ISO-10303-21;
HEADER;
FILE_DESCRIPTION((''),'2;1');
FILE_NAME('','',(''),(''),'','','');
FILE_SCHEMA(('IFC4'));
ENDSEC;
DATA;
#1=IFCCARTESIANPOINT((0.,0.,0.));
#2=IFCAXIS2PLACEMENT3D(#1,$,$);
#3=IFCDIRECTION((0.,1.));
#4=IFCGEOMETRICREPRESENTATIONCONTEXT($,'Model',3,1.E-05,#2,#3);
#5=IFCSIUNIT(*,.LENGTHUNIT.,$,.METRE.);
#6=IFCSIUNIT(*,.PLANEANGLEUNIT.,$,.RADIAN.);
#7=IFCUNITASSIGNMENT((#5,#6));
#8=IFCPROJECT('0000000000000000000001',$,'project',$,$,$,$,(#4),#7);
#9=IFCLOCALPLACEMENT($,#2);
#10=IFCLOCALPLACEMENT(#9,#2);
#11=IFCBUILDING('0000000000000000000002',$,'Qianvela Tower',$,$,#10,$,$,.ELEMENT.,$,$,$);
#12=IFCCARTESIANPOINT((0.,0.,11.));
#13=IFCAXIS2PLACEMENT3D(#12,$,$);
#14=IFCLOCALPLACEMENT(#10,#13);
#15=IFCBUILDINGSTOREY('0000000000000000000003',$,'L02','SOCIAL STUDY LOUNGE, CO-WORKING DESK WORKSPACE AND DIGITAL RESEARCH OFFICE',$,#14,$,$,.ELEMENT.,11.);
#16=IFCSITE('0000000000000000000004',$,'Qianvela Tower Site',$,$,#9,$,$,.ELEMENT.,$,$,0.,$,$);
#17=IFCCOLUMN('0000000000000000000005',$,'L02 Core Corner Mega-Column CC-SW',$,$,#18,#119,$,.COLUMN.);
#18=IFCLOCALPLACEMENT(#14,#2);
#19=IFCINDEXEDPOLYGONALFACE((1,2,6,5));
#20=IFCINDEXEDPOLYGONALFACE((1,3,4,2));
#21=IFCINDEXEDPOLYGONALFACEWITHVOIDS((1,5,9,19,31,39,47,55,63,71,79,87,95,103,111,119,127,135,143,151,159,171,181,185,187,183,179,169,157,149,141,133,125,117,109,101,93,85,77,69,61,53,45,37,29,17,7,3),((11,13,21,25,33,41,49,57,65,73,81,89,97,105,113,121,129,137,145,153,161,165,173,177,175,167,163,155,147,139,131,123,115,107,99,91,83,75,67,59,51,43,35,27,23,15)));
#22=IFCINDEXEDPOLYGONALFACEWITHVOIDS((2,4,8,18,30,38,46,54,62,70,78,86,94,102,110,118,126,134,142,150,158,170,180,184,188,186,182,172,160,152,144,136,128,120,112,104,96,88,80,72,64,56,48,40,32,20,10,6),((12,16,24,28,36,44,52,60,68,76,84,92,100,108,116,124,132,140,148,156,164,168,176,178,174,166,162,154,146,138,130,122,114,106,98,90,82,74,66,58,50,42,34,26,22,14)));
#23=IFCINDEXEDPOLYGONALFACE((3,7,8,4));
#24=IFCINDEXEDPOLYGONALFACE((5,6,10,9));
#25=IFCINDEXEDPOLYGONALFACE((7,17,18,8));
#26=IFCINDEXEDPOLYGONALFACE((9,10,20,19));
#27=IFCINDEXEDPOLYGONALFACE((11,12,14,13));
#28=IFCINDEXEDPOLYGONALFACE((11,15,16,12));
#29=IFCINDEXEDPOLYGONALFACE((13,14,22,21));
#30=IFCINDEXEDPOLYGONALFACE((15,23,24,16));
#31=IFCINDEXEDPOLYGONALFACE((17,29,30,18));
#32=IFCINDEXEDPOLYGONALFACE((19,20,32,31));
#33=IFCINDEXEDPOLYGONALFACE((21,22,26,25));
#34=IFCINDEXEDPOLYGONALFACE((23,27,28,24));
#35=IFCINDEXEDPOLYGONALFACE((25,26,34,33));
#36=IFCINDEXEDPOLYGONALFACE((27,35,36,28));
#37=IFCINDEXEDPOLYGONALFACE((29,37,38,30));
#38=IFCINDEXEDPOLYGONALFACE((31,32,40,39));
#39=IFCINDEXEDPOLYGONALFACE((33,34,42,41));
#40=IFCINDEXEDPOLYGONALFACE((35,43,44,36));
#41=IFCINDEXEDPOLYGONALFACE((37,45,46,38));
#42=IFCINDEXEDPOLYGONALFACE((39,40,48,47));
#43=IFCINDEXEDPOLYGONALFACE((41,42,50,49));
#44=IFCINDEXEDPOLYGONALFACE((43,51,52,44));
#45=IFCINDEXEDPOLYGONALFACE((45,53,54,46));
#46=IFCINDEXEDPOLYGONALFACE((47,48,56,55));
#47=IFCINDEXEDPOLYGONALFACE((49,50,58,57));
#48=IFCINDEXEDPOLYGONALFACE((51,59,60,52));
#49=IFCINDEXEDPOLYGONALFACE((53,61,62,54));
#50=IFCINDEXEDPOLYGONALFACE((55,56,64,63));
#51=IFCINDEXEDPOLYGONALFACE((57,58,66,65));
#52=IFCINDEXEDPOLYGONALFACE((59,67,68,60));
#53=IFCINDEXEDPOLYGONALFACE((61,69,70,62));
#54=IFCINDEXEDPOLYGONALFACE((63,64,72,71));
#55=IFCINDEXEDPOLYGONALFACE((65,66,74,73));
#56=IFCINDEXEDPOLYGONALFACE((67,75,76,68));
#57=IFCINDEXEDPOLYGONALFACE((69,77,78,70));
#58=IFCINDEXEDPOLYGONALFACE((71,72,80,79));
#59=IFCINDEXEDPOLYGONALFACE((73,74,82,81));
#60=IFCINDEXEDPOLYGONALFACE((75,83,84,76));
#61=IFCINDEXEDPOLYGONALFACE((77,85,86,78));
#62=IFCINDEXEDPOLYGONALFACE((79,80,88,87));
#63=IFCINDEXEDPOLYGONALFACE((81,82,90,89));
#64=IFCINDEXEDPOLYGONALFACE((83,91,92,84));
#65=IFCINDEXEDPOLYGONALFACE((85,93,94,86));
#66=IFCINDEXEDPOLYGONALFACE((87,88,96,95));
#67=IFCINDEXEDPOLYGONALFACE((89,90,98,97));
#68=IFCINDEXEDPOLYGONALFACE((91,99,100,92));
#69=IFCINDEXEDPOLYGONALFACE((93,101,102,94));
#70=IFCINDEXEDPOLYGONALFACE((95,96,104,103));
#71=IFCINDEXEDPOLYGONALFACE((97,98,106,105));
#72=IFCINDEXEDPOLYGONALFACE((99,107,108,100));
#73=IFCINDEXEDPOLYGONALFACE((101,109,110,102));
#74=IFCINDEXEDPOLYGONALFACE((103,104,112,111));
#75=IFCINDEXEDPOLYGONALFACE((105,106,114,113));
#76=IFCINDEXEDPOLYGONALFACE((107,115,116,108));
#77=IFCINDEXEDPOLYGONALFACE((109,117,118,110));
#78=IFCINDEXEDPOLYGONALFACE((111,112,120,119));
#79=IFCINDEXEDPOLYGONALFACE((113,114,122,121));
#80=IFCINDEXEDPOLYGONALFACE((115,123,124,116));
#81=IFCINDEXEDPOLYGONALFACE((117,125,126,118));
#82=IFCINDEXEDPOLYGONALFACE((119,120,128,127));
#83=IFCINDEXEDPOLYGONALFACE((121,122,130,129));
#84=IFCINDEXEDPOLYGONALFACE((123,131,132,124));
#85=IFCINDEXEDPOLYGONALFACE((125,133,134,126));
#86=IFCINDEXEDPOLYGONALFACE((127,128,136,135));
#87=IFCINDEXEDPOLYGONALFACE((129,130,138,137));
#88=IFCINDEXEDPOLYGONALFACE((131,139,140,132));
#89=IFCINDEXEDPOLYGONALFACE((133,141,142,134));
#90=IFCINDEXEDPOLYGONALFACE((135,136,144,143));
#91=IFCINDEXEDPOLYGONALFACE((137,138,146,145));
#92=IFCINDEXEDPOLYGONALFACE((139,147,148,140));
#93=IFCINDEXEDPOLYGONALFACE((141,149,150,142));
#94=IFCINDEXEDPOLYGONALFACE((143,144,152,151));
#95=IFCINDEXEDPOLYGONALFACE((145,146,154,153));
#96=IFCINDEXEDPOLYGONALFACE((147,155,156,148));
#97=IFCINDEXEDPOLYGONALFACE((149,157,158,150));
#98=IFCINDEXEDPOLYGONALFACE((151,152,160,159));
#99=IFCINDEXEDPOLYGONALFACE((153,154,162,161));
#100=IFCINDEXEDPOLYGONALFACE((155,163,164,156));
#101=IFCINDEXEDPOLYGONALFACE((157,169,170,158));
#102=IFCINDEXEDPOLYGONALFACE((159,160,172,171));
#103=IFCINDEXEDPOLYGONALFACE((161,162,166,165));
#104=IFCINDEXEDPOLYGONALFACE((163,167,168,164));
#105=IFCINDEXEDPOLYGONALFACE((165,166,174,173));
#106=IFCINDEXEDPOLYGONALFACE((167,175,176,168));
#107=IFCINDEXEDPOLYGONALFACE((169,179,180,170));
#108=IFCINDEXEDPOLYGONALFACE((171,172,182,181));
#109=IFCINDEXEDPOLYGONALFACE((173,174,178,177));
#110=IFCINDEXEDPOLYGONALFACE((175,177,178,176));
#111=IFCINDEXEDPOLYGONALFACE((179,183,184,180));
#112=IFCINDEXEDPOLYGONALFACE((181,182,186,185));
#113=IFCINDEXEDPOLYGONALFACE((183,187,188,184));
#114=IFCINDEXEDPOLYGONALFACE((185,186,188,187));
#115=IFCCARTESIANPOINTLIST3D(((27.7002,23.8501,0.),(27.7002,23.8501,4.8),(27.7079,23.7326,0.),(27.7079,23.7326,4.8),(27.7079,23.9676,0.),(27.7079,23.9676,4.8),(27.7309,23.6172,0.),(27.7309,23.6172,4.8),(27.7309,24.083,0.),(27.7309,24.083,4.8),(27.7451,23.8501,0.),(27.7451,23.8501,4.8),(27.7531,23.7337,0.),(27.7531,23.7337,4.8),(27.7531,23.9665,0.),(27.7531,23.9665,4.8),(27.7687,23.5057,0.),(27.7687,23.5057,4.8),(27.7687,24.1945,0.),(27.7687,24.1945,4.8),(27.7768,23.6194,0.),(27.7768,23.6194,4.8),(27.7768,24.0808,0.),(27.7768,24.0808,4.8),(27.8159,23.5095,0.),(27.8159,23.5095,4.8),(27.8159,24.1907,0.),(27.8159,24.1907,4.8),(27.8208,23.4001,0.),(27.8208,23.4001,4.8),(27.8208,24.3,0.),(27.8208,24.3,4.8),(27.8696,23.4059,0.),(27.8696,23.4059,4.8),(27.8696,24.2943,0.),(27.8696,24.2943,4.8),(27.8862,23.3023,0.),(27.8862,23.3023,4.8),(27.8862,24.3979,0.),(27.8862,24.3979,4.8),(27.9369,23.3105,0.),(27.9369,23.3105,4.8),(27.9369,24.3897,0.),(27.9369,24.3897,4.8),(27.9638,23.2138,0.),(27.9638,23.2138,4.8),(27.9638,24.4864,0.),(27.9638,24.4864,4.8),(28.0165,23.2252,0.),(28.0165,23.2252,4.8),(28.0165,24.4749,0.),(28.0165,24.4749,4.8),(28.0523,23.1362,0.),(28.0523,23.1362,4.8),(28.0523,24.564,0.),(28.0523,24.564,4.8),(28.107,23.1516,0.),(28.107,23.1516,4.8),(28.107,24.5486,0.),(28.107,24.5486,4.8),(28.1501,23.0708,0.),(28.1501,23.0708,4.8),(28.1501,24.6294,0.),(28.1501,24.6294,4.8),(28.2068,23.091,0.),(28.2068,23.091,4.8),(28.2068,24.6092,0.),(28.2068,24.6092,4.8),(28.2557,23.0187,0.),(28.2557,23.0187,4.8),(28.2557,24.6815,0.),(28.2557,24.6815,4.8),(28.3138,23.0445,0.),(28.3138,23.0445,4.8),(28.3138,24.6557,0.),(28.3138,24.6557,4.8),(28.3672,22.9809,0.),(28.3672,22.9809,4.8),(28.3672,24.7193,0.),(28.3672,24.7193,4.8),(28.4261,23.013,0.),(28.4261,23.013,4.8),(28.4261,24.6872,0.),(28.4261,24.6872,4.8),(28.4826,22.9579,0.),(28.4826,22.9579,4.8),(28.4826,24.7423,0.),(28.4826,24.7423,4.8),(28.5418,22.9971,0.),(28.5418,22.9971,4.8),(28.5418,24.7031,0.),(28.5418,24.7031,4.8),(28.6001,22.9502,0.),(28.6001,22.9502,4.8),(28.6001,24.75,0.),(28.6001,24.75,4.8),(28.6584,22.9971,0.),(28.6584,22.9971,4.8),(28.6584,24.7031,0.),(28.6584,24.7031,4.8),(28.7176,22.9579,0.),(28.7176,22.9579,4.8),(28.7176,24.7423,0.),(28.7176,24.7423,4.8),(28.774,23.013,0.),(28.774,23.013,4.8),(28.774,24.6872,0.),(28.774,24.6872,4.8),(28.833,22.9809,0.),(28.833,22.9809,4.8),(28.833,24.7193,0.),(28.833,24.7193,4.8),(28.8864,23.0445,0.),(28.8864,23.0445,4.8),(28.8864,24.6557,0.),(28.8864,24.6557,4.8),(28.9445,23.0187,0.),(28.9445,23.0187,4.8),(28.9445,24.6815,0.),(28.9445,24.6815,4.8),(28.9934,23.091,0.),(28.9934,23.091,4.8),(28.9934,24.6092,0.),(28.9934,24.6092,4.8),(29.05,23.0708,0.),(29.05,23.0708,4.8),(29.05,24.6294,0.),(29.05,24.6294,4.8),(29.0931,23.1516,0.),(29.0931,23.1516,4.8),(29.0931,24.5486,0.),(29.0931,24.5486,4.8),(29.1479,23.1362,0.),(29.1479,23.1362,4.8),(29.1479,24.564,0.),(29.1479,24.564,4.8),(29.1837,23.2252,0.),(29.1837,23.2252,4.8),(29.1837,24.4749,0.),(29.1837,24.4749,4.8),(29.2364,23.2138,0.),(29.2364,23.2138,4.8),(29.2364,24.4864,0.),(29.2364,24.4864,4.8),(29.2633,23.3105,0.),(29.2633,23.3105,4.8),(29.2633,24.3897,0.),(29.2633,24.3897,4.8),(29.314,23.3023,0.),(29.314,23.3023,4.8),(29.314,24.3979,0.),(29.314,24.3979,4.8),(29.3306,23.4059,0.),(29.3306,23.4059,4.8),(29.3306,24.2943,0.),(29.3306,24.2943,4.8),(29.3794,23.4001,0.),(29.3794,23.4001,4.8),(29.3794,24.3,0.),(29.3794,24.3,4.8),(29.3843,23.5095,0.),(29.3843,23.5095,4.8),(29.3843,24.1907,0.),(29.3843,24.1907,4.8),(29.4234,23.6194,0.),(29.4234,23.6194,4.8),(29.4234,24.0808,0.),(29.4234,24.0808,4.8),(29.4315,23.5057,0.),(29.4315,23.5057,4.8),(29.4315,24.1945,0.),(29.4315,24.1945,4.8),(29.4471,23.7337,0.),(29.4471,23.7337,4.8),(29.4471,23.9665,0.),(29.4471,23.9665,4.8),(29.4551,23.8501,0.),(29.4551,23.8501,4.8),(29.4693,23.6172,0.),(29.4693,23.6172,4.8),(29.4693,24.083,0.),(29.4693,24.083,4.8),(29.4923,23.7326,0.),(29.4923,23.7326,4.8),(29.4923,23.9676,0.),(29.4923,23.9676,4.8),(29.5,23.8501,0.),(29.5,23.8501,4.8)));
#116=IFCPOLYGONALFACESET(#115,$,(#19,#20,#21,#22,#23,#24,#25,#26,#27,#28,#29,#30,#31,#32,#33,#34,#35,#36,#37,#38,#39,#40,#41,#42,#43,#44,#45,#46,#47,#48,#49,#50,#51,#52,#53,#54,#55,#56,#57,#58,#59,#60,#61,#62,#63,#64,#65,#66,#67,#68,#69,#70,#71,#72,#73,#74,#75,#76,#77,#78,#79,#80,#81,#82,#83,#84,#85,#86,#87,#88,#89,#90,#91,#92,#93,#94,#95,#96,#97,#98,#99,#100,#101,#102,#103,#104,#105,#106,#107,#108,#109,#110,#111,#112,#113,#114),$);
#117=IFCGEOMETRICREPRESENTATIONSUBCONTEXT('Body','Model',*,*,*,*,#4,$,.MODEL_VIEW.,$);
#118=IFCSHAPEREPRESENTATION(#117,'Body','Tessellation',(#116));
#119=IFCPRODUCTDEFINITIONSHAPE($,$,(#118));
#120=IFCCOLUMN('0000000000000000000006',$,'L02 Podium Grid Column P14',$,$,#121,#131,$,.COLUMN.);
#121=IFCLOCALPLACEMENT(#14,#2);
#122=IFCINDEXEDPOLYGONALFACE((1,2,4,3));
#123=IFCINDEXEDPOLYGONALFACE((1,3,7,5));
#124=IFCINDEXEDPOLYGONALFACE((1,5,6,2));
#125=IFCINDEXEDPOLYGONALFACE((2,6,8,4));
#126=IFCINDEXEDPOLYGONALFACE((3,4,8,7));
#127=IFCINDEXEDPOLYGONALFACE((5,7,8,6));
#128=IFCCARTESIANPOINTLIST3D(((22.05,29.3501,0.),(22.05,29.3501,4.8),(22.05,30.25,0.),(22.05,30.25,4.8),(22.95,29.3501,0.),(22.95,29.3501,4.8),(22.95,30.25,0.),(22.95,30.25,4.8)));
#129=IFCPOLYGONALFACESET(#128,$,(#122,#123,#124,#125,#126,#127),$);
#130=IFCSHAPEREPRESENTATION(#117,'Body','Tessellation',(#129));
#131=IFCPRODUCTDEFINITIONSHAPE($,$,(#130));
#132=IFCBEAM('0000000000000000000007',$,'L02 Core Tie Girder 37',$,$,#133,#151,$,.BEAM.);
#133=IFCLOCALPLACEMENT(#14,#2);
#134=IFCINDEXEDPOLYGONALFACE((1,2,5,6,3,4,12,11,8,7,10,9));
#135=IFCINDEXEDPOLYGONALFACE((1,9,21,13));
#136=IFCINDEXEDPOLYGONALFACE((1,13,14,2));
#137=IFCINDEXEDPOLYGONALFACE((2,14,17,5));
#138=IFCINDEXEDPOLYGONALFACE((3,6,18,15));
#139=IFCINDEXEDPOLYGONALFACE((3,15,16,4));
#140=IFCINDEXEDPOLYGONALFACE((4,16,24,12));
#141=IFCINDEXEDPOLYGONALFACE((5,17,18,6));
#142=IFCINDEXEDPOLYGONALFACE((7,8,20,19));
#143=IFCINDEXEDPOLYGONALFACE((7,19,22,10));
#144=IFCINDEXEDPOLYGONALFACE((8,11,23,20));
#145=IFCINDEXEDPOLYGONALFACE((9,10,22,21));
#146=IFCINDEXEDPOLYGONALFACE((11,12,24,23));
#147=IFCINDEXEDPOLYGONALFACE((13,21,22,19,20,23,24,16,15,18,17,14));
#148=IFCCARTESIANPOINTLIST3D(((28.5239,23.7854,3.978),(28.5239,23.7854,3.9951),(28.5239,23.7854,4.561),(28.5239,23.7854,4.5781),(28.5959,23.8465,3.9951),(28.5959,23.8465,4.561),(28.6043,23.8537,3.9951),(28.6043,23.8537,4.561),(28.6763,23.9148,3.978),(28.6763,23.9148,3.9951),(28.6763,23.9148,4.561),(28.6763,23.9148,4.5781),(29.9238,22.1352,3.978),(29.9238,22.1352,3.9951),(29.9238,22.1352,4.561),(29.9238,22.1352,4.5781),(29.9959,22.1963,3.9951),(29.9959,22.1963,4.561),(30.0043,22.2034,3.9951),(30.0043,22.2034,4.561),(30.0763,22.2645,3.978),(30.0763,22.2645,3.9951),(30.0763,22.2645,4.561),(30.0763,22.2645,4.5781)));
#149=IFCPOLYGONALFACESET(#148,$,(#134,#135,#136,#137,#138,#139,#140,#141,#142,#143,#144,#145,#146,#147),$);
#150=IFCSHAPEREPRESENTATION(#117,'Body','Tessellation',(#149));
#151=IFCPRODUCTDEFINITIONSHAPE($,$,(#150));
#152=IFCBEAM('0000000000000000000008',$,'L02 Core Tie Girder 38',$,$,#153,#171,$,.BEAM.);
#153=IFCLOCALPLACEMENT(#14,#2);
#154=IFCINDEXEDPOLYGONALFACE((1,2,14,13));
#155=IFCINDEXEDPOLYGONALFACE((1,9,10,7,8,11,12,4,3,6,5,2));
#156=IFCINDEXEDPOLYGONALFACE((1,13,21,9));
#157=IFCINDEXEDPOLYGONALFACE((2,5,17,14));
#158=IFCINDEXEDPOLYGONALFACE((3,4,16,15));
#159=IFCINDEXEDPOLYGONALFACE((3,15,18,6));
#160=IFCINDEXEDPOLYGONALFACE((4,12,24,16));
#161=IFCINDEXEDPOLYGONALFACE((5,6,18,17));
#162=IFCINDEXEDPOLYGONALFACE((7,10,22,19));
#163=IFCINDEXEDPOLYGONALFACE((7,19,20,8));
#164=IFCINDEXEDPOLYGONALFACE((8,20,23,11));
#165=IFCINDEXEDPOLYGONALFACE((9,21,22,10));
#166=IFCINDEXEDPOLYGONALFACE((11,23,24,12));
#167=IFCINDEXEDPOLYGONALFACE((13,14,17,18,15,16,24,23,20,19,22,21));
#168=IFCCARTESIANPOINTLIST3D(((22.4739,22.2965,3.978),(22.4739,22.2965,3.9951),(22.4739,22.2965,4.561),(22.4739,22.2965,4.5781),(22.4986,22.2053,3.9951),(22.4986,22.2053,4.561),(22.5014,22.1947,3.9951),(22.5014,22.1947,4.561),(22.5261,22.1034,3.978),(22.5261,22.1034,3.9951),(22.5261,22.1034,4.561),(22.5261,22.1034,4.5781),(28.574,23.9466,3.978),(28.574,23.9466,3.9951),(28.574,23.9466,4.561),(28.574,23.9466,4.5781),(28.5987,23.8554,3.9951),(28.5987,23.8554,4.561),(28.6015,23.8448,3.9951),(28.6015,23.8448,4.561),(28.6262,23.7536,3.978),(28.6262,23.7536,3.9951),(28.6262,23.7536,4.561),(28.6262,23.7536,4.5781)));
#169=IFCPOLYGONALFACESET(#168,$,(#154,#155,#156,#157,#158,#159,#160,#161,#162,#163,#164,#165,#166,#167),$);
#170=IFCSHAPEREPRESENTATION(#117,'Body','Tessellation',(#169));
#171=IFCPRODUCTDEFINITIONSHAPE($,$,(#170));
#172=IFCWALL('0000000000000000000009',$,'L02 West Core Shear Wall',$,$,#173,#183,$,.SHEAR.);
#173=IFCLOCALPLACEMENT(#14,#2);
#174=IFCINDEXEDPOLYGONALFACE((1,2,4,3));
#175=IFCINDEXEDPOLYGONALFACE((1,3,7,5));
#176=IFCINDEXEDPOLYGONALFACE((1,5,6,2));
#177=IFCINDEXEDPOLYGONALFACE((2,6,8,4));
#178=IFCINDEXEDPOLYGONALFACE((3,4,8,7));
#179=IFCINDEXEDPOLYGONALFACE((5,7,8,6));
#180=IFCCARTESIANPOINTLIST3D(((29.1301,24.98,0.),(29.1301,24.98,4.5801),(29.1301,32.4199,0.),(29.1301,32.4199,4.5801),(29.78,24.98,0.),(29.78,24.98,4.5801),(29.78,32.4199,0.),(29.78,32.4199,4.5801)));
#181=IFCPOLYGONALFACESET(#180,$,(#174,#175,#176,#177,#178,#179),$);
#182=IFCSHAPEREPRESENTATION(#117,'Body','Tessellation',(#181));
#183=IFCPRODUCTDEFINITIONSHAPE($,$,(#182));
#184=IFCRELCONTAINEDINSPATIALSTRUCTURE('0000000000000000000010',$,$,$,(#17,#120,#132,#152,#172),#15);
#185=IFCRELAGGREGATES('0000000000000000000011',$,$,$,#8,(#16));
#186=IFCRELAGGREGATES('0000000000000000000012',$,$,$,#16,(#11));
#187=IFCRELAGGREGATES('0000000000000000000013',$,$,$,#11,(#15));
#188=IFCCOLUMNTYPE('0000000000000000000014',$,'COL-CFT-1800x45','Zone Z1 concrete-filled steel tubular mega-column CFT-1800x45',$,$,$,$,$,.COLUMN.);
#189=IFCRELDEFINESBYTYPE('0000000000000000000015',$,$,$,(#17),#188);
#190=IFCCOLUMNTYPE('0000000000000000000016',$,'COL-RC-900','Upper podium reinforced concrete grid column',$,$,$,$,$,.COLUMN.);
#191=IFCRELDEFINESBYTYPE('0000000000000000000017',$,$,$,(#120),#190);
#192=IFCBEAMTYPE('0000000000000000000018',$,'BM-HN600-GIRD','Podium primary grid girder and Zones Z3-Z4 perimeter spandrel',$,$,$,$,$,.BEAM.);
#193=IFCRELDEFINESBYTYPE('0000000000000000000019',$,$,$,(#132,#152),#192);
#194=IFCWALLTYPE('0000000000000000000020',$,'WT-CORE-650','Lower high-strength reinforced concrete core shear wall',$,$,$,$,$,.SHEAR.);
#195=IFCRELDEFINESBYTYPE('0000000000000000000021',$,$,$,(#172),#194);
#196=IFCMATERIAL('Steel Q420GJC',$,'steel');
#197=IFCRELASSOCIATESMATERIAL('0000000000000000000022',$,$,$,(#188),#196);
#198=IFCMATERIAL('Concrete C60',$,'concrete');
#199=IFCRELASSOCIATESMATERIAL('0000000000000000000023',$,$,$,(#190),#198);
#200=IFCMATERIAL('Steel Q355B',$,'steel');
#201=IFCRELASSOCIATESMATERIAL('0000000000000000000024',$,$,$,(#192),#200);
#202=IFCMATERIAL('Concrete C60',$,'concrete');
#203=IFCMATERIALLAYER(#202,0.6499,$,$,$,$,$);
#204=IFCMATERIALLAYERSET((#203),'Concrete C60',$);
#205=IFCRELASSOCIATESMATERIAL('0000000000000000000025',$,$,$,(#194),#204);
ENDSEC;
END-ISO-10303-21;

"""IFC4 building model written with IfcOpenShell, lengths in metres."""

from ifc_helpers import new_model, si_unit, direction, frame, frame_2d, origin, origin_2d, place, context, subcontext, project, spatial, rectangle, hollow_circle, i_section, extrude, material, layer, layer_set, material_profile, profile_set, type_object, element, save


model = new_model("IFC4")

# Units and contexts
model_context = context("Model", 3, precision=1e-05, world=origin(), true_north=direction((0.0, 1.0)))
body_context = subcontext(model_context, "Body", "Model", "MODEL_VIEW")
ifc_project = project(units=[si_unit("LENGTHUNIT", "METRE"), si_unit("PLANEANGLEUNIT", "RADIAN")], contexts=[model_context])

# Site, building, storey
site_placement = place(None, origin())
site = spatial("IfcSite", under=ifc_project, at=site_placement, Name="Qianvela Tower Site", CompositionType="ELEMENT", RefElevation=0.0)
building_placement = place(site_placement, origin())
building = spatial("IfcBuilding", under=site, at=building_placement, Name="Qianvela Tower", CompositionType="ELEMENT")
storey_placement = place(building_placement, frame((0.0, 0.0, 11.0)))
storey = spatial("IfcBuildingStorey", under=building, at=storey_placement, Name="L02", Description="SOCIAL STUDY LOUNGE, CO-WORKING DESK WORKSPACE AND DIGITAL RESEARCH OFFICE", CompositionType="ELEMENT", Elevation=11.0)

# Columns
ifc_material_1 = material(Name="Steel Q420GJC", Category="steel")
ifc_material_profile_1 = material_profile(ifc_material_1, hollow_circle(Radius=0.8999, WallThickness=0.0449, at=origin_2d()), Name="CFT-1800x45")
ifc_profile_set_1 = profile_set([ifc_material_profile_1], Name="Steel Q420GJC")
column_type_1 = type_object("IfcColumnType", Name="COL-CFT-1800x45", Description="Zone Z1 concrete-filled steel tubular mega-column CFT-1800x45", PredefinedType="COLUMN", material=ifc_profile_set_1)
column_1_placement = place(storey_placement, frame((28.6001, 23.8501, 0.0), z_axis=(0.0, 0.0, 1.0), x_axis=(1.0, 0.0, 0.0)))
element("IfcColumn", 1, at=column_1_placement, inside=storey, type_object=column_type_1, Name="L02 Core Corner Mega-Column CC-SW", PredefinedType="COLUMN", context=body_context, shape_type="SweptSolid", body=[
    extrude(hollow_circle(Radius=0.8999, WallThickness=0.0449, at=origin_2d()), origin(), (0.0, 0.0, 1.0), 4.8),
])
ifc_material_2 = material(Name="Concrete C60", Category="concrete")
ifc_material_profile_2 = material_profile(ifc_material_2, rectangle(XDim=0.8999, YDim=0.8999, at=origin_2d()), Name="RC-COL-900x900")
ifc_profile_set_2 = profile_set([ifc_material_profile_2], Name="Concrete C60")
column_type_2 = type_object("IfcColumnType", Name="COL-RC-900", Description="Upper podium reinforced concrete grid column", PredefinedType="COLUMN", material=ifc_profile_set_2)
column_2_placement = place(storey_placement, frame((22.5, 29.8, 0.0), z_axis=(0.0, 0.0, 1.0), x_axis=(1.0, 0.0, 0.0)))
element("IfcColumn", 2, at=column_2_placement, inside=storey, type_object=column_type_2, Name="L02 Podium Grid Column P14", PredefinedType="COLUMN", context=body_context, shape_type="SweptSolid", body=[
    extrude(rectangle(XDim=0.8999, YDim=0.8999, at=origin_2d()), origin(), (0.0, 0.0, 1.0), 4.8),
])

# Beams
ifc_material_3 = material(Name="Steel Q355B", Category="steel")
ifc_material_profile_3 = material_profile(ifc_material_3, i_section(OverallWidth=0.2, OverallDepth=0.6001, WebThickness=0.011, FlangeThickness=0.0171, at=origin_2d()), Name="HN600x200x11x17")
ifc_profile_set_3 = profile_set([ifc_material_profile_3], Name="Steel Q355B")
beam_type = type_object("IfcBeamType", Name="BM-HN600-GIRD", Description="Podium primary grid girder and Zones Z3-Z4 perimeter spandrel", PredefinedType="BEAM", material=ifc_profile_set_3)
beam_1_placement = place(storey_placement, frame((28.6001, 23.8501, 4.2781), z_axis=(0.646918, -0.76256, 0.0), x_axis=(0.76256, 0.646918, 0.0)))
element("IfcBeam", 3, at=beam_1_placement, inside=storey, type_object=beam_type, Name="L02 Core Tie Girder 37", PredefinedType="BEAM", context=body_context, shape_type="SweptSolid", body=[
    extrude(i_section(OverallWidth=0.2, OverallDepth=0.6001, WebThickness=0.011, FlangeThickness=0.0171, at=origin_2d()), origin(), (0.0, 0.0, 1.0), 2.1641),
])
beam_2_placement = place(storey_placement, frame((28.6001, 23.8501, 4.2781), z_axis=(-0.965305, -0.261126, 0.0), x_axis=(0.261126, -0.965305, 0.0)))
element("IfcBeam", 4, at=beam_2_placement, inside=storey, type_object=beam_type, Name="L02 Core Tie Girder 38", PredefinedType="BEAM", context=body_context, shape_type="SweptSolid", body=[
    extrude(i_section(OverallWidth=0.2, OverallDepth=0.6001, WebThickness=0.011, FlangeThickness=0.0171, at=origin_2d()), origin(), (0.0, 0.0, 1.0), 6.3193),
])

# Shared definitions
ifc_material_4 = material(Name="Concrete C60", Category="concrete")
ifc_layer_1 = layer(ifc_material_4, 0.6499)
ifc_layer_set_1 = layer_set([ifc_layer_1], Name="Concrete C60")
wall_type_1 = type_object("IfcWallType", Name="WT-CORE-650", Description="Lower high-strength reinforced concrete core shear wall", PredefinedType="SHEAR", material=ifc_layer_set_1)

# Wall
wall_1_placement = place(storey_placement, frame((29.4551, 24.98, 0.0), z_axis=(0.0, 0.0, 1.0), x_axis=(0.0, 1.0, 0.0)))
element("IfcWall", 5, at=wall_1_placement, inside=storey, type_object=wall_type_1, Name="L02 West Core Shear Wall", PredefinedType="SHEAR", context=body_context, shape_type="SweptSolid", body=[
    extrude(rectangle(XDim=7.4399, YDim=0.6499, at=frame_2d((3.72, 0.0))), origin(), (0.0, 0.0, 1.0), 4.5801),
])

save(model, "model.ifc")
